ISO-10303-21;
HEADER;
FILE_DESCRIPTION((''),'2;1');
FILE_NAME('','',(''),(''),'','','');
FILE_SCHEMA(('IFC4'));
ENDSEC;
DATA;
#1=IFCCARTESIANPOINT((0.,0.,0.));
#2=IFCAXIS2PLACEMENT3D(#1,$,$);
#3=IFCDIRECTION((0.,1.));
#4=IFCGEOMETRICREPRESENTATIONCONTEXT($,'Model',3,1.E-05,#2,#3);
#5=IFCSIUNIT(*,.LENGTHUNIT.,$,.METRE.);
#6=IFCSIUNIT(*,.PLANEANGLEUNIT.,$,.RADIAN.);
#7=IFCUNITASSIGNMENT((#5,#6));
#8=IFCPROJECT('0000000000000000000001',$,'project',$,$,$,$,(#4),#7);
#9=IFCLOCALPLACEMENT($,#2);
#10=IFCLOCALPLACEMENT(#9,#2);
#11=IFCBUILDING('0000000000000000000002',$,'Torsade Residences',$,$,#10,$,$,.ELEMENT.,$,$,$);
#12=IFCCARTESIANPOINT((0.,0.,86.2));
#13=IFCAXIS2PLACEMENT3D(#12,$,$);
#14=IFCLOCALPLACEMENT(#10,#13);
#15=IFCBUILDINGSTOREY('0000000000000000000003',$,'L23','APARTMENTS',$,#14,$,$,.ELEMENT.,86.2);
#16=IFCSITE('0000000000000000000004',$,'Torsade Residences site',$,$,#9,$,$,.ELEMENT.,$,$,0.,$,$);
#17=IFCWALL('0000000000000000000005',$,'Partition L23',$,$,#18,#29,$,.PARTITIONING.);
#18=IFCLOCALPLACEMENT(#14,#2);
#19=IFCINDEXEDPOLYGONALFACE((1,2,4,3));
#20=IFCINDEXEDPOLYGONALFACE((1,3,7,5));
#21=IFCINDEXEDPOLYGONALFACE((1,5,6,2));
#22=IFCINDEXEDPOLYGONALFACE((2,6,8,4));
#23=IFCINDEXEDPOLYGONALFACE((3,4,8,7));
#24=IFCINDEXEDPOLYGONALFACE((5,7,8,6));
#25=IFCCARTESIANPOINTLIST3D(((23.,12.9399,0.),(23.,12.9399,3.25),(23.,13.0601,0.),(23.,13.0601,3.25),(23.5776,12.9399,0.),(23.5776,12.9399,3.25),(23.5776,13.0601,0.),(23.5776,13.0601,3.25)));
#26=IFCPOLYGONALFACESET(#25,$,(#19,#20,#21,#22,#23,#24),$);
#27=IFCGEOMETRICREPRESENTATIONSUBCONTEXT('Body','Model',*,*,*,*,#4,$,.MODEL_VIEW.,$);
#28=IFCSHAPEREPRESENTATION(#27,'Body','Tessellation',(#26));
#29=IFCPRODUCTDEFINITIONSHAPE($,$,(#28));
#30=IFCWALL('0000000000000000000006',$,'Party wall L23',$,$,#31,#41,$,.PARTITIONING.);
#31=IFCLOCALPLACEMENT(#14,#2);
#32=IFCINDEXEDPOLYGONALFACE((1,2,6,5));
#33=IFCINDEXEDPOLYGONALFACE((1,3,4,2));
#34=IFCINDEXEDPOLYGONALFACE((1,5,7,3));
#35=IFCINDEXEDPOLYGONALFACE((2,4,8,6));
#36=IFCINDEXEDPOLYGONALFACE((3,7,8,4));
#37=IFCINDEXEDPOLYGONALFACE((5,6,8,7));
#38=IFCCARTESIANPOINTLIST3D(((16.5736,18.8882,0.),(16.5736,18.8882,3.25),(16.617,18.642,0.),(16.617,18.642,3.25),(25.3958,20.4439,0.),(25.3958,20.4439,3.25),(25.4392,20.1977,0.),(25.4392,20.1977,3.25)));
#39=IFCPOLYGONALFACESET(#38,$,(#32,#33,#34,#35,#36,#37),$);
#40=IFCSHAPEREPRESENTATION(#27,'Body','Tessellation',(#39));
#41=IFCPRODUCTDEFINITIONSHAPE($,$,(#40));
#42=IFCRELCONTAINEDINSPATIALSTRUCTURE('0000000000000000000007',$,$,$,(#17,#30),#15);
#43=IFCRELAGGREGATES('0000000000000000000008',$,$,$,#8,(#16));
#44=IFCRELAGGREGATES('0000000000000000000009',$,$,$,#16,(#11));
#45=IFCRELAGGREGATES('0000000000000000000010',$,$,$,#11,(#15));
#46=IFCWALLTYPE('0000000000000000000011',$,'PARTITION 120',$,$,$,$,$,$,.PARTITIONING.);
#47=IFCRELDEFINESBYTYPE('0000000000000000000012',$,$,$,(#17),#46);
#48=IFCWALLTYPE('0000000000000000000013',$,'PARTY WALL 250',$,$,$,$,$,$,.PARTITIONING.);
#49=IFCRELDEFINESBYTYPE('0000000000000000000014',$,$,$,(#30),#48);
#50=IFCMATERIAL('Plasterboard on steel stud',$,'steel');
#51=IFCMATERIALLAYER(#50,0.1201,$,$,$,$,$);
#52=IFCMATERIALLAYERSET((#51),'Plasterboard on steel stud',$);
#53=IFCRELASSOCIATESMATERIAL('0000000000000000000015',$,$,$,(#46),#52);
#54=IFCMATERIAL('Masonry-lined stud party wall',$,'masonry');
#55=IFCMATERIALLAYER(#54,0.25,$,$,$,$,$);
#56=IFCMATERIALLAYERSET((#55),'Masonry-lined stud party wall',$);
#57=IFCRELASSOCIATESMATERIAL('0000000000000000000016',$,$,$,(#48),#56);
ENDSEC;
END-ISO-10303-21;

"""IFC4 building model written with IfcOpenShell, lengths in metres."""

from ifc_helpers import new_model, si_unit, direction, frame, frame_2d, origin, place, context, subcontext, project, spatial, rectangle, extrude, material, layer, layer_set, type_object, element, save


model = new_model("IFC4")

# Units and contexts
model_context = context("Model", 3, precision=1e-05, world=origin(), true_north=direction((0.0, 1.0)))
body_context = subcontext(model_context, "Body", "Model", "MODEL_VIEW")
ifc_project = project(units=[si_unit("LENGTHUNIT", "METRE"), si_unit("PLANEANGLEUNIT", "RADIAN")], contexts=[model_context])

# Site, building, storey
site_placement = place(None, origin())
site = spatial("IfcSite", under=ifc_project, at=site_placement, Name="Torsade Residences site", CompositionType="ELEMENT", RefElevation=0.0)
building_placement = place(site_placement, origin())
building = spatial("IfcBuilding", under=site, at=building_placement, Name="Torsade Residences", CompositionType="ELEMENT")
storey_placement = place(building_placement, frame((0.0, 0.0, 86.2)))
storey = spatial("IfcBuildingStorey", under=building, at=storey_placement, Name="L23", Description="APARTMENTS", CompositionType="ELEMENT", Elevation=86.2)

# Shared definitions
ifc_material_1 = material(Name="Plasterboard on steel stud", Category="steel")
ifc_layer_1 = layer(ifc_material_1, 0.1201)
ifc_layer_set_1 = layer_set([ifc_layer_1], Name="Plasterboard on steel stud")
wall_type_1 = type_object("IfcWallType", Name="PARTITION 120", PredefinedType="PARTITIONING", material=ifc_layer_set_1)

# Walls
wall_1_placement = place(storey_placement, frame((23.0, 13.0, 0.0), z_axis=(0.0, 0.0, 1.0), x_axis=(1.0, 0.0, 0.0)))
element("IfcWall", 1, at=wall_1_placement, inside=storey, type_object=wall_type_1, Name="Partition L23", PredefinedType="PARTITIONING", context=body_context, shape_type="SweptSolid", body=[
    extrude(rectangle(XDim=0.5776, YDim=0.1201, at=frame_2d((0.2888, 0.0))), origin(), (0.0, 0.0, 1.0), 3.25),
])
ifc_material_2 = material(Name="Masonry-lined stud party wall", Category="masonry")
ifc_layer_2 = layer(ifc_material_2, 0.25)
ifc_layer_set_2 = layer_set([ifc_layer_2], Name="Masonry-lined stud party wall")
wall_type_2 = type_object("IfcWallType", Name="PARTY WALL 250", PredefinedType="PARTITIONING", material=ifc_layer_set_2)
wall_2_placement = place(storey_placement, frame((16.5955, 18.7651, 0.0), z_axis=(0.0, 0.0, 1.0), x_axis=(0.984807, 0.173655, 0.0)))
element("IfcWall", 2, at=wall_2_placement, inside=storey, type_object=wall_type_2, Name="Party wall L23", PredefinedType="PARTITIONING", context=body_context, shape_type="SweptSolid", body=[
    extrude(rectangle(XDim=8.9583, YDim=0.25, at=frame_2d((4.479, 0.0))), origin(), (0.0, 0.0, 1.0), 3.25),
])

save(model, "model.ifc")
